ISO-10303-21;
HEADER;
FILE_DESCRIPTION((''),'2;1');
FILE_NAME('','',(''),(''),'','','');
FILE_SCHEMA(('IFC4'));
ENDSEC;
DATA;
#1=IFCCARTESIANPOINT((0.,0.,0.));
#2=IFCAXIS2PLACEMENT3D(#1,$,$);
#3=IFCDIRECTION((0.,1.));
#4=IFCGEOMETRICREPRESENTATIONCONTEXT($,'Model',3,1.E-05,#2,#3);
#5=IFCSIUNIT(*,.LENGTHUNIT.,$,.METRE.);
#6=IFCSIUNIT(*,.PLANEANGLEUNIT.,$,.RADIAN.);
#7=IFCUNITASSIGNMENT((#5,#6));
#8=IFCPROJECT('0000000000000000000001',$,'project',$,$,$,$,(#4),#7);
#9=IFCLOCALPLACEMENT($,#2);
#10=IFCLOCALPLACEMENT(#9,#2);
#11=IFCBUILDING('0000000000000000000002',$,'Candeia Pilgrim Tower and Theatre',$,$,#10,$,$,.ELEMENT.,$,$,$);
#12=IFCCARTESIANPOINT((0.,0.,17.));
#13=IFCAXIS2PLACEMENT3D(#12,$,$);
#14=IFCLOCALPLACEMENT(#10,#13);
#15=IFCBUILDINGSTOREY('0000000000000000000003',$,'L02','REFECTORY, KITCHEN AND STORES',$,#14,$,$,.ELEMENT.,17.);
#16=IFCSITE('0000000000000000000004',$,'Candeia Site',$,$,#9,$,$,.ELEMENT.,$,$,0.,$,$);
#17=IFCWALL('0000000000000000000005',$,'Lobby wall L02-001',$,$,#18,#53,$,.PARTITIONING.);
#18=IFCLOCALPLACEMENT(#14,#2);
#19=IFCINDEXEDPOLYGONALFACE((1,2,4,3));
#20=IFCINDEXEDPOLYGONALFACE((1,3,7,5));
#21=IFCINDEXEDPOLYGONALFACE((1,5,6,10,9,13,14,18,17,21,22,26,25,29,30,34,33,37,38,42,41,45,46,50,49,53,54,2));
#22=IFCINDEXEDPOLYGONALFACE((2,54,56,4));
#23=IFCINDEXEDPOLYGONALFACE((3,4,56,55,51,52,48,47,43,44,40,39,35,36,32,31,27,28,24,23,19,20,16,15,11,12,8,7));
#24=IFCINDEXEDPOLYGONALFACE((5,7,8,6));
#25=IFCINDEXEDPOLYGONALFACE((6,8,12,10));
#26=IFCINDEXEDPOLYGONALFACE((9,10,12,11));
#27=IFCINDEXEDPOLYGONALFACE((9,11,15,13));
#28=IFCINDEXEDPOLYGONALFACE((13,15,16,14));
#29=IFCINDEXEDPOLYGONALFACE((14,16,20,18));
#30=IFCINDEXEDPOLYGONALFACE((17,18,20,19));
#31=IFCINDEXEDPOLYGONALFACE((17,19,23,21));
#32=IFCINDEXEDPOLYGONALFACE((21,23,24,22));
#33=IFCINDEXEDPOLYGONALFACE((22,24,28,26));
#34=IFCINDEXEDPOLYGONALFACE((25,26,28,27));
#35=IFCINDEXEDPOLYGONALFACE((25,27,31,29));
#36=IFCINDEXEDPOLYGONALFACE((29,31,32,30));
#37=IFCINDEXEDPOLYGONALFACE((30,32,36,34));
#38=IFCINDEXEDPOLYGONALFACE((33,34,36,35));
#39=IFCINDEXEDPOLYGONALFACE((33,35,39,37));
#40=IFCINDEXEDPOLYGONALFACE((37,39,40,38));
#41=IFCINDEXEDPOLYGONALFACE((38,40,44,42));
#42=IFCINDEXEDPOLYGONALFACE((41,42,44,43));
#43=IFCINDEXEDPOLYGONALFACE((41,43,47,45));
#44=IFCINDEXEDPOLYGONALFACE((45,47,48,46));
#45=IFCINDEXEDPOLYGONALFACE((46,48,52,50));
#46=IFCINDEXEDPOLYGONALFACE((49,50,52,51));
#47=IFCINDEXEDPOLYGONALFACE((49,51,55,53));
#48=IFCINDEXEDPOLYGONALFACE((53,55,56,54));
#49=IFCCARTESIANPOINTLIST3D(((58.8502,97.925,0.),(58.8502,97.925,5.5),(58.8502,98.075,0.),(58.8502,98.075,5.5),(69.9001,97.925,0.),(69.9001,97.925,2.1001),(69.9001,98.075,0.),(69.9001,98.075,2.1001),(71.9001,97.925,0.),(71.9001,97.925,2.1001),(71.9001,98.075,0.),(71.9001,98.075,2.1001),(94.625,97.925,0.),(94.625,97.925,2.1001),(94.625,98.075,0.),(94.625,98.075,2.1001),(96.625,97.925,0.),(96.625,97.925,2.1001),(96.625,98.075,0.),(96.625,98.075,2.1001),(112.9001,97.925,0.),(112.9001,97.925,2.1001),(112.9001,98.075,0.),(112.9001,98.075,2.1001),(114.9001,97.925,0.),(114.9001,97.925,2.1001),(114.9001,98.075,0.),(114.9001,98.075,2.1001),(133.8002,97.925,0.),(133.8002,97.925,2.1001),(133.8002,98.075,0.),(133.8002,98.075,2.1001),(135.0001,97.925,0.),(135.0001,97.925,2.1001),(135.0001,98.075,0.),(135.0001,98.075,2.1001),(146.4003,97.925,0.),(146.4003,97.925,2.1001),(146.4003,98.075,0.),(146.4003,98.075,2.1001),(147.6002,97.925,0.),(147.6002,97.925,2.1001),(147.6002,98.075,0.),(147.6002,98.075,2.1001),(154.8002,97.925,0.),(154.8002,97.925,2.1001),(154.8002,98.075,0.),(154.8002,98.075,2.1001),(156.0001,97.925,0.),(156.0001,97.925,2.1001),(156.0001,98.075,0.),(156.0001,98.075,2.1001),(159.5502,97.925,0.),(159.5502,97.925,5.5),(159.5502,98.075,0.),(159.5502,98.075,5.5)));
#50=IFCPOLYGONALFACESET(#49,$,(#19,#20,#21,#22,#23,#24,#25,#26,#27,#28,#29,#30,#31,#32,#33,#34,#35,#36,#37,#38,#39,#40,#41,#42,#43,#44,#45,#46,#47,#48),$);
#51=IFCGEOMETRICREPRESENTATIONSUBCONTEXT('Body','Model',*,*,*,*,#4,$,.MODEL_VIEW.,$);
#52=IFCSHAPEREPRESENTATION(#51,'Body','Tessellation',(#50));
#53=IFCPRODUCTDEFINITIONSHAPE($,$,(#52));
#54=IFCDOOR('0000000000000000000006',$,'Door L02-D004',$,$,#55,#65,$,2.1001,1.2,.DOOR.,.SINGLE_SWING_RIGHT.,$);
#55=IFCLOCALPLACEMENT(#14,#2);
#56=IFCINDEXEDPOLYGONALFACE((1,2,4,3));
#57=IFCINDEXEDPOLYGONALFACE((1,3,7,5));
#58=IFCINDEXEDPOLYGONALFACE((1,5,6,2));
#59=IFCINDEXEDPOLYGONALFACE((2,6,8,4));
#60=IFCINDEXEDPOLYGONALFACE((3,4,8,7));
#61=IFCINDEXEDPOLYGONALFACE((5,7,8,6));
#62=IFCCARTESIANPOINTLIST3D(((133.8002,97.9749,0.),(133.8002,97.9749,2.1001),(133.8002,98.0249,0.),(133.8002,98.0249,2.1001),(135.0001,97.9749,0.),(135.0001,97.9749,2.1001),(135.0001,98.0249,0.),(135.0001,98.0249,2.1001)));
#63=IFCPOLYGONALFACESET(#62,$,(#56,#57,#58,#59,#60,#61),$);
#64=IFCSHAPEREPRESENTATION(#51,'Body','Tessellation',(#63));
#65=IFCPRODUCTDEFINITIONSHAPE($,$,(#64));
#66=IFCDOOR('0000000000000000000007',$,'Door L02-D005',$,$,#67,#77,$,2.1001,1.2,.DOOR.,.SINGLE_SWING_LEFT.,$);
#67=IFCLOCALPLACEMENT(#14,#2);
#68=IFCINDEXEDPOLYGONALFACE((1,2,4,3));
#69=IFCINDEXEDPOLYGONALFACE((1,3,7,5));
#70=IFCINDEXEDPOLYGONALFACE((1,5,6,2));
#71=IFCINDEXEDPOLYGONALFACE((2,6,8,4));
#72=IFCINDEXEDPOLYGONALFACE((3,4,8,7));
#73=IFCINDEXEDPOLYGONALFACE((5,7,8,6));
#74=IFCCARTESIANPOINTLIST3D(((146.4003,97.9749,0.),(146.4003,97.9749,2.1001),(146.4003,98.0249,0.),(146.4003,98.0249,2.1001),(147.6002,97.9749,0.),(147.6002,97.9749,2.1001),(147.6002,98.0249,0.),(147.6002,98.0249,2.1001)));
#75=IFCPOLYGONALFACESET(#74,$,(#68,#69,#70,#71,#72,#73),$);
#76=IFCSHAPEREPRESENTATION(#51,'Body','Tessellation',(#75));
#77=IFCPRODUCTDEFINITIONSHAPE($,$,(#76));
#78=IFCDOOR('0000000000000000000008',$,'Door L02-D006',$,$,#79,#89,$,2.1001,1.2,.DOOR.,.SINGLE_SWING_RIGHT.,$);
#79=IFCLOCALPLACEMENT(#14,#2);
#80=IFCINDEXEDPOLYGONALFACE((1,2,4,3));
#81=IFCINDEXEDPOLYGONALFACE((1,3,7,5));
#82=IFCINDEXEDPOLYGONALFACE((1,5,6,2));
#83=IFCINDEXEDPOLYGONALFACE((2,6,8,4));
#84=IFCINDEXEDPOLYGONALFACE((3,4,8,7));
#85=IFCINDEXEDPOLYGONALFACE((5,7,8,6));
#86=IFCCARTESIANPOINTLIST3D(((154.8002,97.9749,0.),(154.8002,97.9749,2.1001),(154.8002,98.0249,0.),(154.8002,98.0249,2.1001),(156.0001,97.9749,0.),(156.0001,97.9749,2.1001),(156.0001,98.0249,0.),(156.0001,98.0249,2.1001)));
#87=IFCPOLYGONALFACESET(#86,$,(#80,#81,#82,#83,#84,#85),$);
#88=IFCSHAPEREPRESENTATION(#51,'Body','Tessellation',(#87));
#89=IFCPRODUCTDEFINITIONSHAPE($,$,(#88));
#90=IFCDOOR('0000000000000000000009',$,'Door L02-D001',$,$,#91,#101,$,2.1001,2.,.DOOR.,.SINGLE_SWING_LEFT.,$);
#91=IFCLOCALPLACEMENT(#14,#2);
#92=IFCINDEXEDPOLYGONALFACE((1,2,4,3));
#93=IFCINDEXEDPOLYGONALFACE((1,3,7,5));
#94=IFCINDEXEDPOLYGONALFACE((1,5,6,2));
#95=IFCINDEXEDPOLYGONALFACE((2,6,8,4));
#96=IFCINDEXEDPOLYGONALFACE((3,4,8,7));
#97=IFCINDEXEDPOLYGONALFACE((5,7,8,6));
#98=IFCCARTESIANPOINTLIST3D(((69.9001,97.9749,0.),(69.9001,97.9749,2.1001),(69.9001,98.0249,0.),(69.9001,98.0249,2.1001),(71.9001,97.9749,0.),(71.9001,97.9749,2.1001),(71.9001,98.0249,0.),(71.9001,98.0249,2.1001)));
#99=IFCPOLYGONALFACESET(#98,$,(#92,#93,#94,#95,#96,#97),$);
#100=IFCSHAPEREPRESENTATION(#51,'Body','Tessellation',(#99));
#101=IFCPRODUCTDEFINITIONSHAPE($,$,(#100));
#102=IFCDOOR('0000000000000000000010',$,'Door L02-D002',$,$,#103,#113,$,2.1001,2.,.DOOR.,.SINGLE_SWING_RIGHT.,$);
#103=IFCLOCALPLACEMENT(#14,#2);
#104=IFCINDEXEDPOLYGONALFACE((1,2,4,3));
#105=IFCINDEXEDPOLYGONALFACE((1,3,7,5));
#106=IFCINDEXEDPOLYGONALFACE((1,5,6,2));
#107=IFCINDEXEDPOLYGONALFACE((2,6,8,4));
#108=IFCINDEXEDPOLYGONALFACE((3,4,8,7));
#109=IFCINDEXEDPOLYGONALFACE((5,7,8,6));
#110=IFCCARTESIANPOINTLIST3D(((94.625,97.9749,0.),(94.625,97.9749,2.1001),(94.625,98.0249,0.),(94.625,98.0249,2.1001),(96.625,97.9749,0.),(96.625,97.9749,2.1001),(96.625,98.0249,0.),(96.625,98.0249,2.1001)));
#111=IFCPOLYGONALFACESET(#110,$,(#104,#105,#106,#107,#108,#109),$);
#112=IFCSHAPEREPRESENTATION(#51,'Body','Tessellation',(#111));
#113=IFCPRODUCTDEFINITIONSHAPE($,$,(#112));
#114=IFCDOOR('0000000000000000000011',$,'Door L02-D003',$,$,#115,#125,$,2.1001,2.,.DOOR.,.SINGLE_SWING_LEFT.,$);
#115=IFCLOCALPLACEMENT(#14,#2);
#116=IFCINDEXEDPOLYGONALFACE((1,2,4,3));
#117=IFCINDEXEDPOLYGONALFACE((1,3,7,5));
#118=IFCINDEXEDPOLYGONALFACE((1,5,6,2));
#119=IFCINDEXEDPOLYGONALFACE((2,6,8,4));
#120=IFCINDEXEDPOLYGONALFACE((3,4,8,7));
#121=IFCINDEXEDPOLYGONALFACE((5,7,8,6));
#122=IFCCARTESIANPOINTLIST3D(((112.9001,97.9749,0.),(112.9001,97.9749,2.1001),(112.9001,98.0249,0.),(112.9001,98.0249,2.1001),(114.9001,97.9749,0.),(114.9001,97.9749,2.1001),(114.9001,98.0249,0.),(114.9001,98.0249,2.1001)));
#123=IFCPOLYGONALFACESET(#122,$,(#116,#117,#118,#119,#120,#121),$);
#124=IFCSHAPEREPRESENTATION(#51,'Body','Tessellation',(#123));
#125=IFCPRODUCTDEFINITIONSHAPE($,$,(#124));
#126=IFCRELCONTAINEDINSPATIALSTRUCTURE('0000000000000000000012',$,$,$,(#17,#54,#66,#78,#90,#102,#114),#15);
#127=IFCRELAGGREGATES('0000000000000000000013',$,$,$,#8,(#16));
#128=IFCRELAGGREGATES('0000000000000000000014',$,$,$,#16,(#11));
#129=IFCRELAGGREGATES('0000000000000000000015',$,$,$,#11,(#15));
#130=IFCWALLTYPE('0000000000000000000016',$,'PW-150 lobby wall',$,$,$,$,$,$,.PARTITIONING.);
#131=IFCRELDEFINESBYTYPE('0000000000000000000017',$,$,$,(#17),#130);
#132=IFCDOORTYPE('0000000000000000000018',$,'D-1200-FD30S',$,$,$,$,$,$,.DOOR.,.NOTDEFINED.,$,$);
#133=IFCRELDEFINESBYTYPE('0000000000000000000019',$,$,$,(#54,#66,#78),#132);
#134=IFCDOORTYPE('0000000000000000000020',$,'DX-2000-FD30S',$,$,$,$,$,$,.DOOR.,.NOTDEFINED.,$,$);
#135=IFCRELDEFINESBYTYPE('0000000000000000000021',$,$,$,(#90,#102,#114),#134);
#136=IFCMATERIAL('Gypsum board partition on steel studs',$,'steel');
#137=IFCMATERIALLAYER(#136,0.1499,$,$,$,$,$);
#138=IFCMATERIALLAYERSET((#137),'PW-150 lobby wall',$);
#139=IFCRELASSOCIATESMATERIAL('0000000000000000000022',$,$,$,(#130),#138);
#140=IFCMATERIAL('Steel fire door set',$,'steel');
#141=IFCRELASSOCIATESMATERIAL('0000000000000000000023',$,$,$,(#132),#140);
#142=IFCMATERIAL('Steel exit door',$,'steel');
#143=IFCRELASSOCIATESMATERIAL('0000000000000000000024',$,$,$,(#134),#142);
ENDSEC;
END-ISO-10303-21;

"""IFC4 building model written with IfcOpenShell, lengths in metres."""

from ifc_helpers import new_model, si_unit, direction, frame, frame_2d, origin, place, context, subcontext, project, spatial, rectangle, extrude, material, layer, layer_set, type_object, element, fill, save


model = new_model("IFC4")

# Units and contexts
model_context = context("Model", 3, precision=1e-05, world=origin(), true_north=direction((0.0, 1.0)))
body_context = subcontext(model_context, "Body", "Model", "MODEL_VIEW")
ifc_project = project(units=[si_unit("LENGTHUNIT", "METRE"), si_unit("PLANEANGLEUNIT", "RADIAN")], contexts=[model_context])

# Site, building, storey
site_placement = place(None, origin())
site = spatial("IfcSite", under=ifc_project, at=site_placement, Name="Candeia Site", CompositionType="ELEMENT", RefElevation=0.0)
building_placement = place(site_placement, origin())
building = spatial("IfcBuilding", under=site, at=building_placement, Name="Candeia Pilgrim Tower and Theatre", CompositionType="ELEMENT")
storey_placement = place(building_placement, frame((0.0, 0.0, 17.0)))
storey = spatial("IfcBuildingStorey", under=building, at=storey_placement, Name="L02", Description="REFECTORY, KITCHEN AND STORES", CompositionType="ELEMENT", Elevation=17.0)

# Wall, openings, doors
ifc_material_1 = material(Name="Gypsum board partition on steel studs", Category="steel")
ifc_layer_1 = layer(ifc_material_1, 0.1499)
ifc_layer_set_1 = layer_set([ifc_layer_1], Name="PW-150 lobby wall")
wall_type_1 = type_object("IfcWallType", Name="PW-150 lobby wall", PredefinedType="PARTITIONING", material=ifc_layer_set_1)
wall_1_placement = place(storey_placement, frame((58.8501, 98.0, 0.0), z_axis=(0.0, 0.0, 1.0), x_axis=(1.0, 0.0, 0.0)))
wall_1 = element("IfcWall", 1, at=wall_1_placement, inside=storey, type_object=wall_type_1, Name="Lobby wall L02-001", PredefinedType="PARTITIONING", context=body_context, shape_type="SweptSolid", body=[
    extrude(rectangle(XDim=100.7, YDim=0.1499, at=frame_2d((50.3501, 0.0))), origin(), (0.0, 0.0, 1.0), 5.5),
])
opening_1_placement = place(wall_1_placement, frame((11.05, 0.0, 0.0)))
opening_1 = element("IfcOpeningElement", 2, at=opening_1_placement, cuts=wall_1, PredefinedType="OPENING", context=body_context, shape_type="SweptSolid", body=[
    extrude(rectangle(XDim=2.0, YDim=2.1001, at=frame_2d((1.0, 1.05))), frame((0.0, 0.085, 0.0), z_axis=(0.0, -1.0, 0.0), x_axis=(1.0, 0.0, 0.0)), (0.0, 0.0, 1.0), 0.1699),
])
opening_2_placement = place(wall_1_placement, frame((35.7749, 0.0, 0.0)))
opening_2 = element("IfcOpeningElement", 3, at=opening_2_placement, cuts=wall_1, PredefinedType="OPENING", context=body_context, shape_type="SweptSolid", body=[
    extrude(rectangle(XDim=2.0, YDim=2.1001, at=frame_2d((1.0, 1.05))), frame((0.0, 0.085, 0.0), z_axis=(0.0, -1.0, 0.0), x_axis=(1.0, 0.0, 0.0)), (0.0, 0.0, 1.0), 0.1699),
])
opening_3_placement = place(wall_1_placement, frame((54.05, 0.0, 0.0)))
opening_3 = element("IfcOpeningElement", 4, at=opening_3_placement, cuts=wall_1, PredefinedType="OPENING", context=body_context, shape_type="SweptSolid", body=[
    extrude(rectangle(XDim=2.0, YDim=2.1001, at=frame_2d((1.0, 1.05))), frame((0.0, 0.085, 0.0), z_axis=(0.0, -1.0, 0.0), x_axis=(1.0, 0.0, 0.0)), (0.0, 0.0, 1.0), 0.1699),
])
opening_4_placement = place(wall_1_placement, frame((74.95, 0.0, 0.0)))
opening_4 = element("IfcOpeningElement", 5, at=opening_4_placement, cuts=wall_1, PredefinedType="OPENING", context=body_context, shape_type="SweptSolid", body=[
    extrude(rectangle(XDim=1.2, YDim=2.1001, at=frame_2d((0.6001, 1.05))), frame((0.0, 0.085, 0.0), z_axis=(0.0, -1.0, 0.0), x_axis=(1.0, 0.0, 0.0)), (0.0, 0.0, 1.0), 0.1699),
])
opening_5_placement = place(wall_1_placement, frame((87.55, 0.0, 0.0)))
opening_5 = element("IfcOpeningElement", 6, at=opening_5_placement, cuts=wall_1, PredefinedType="OPENING", context=body_context, shape_type="SweptSolid", body=[
    extrude(rectangle(XDim=1.2, YDim=2.1001, at=frame_2d((0.6001, 1.05))), frame((0.0, 0.085, 0.0), z_axis=(0.0, -1.0, 0.0), x_axis=(1.0, 0.0, 0.0)), (0.0, 0.0, 1.0), 0.1699),
])
opening_6_placement = place(wall_1_placement, frame((95.95, 0.0, 0.0)))
opening_6 = element("IfcOpeningElement", 7, at=opening_6_placement, cuts=wall_1, PredefinedType="OPENING", context=body_context, shape_type="SweptSolid", body=[
    extrude(rectangle(XDim=1.2, YDim=2.1001, at=frame_2d((0.6001, 1.05))), frame((0.0, 0.085, 0.0), z_axis=(0.0, -1.0, 0.0), x_axis=(1.0, 0.0, 0.0)), (0.0, 0.0, 1.0), 0.1699),
])
ifc_material_2 = material(Name="Steel fire door set", Category="steel")
door_type_1 = type_object("IfcDoorType", Name="D-1200-FD30S", OperationType="NOTDEFINED", PredefinedType="DOOR", material=ifc_material_2)
door_1_placement = place(opening_4_placement, origin())
door_1 = element("IfcDoor", 8, at=door_1_placement, inside=storey, type_object=door_type_1, Name="Door L02-D004", OperationType="SINGLE_SWING_RIGHT", OverallHeight=2.1001, OverallWidth=1.2, PredefinedType="DOOR", context=body_context, shape_type="SweptSolid", body=[
    extrude(rectangle(XDim=1.2, YDim=2.1001, at=frame_2d((0.6001, 1.05))), frame((0.0, 0.0249, 0.0), z_axis=(0.0, -1.0, 0.0), x_axis=(1.0, 0.0, 0.0)), (0.0, 0.0, 1.0), 0.05),
])
fill(opening_4, door_1)
door_2_placement = place(opening_5_placement, origin())
door_2 = element("IfcDoor", 9, at=door_2_placement, inside=storey, type_object=door_type_1, Name="Door L02-D005", OperationType="SINGLE_SWING_LEFT", OverallHeight=2.1001, OverallWidth=1.2, PredefinedType="DOOR", context=body_context, shape_type="SweptSolid", body=[
    extrude(rectangle(XDim=1.2, YDim=2.1001, at=frame_2d((0.6001, 1.05))), frame((0.0, 0.0249, 0.0), z_axis=(0.0, -1.0, 0.0), x_axis=(1.0, 0.0, 0.0)), (0.0, 0.0, 1.0), 0.05),
])
fill(opening_5, door_2)
door_3_placement = place(opening_6_placement, origin())
door_3 = element("IfcDoor", 10, at=door_3_placement, inside=storey, type_object=door_type_1, Name="Door L02-D006", OperationType="SINGLE_SWING_RIGHT", OverallHeight=2.1001, OverallWidth=1.2, PredefinedType="DOOR", context=body_context, shape_type="SweptSolid", body=[
    extrude(rectangle(XDim=1.2, YDim=2.1001, at=frame_2d((0.6001, 1.05))), frame((0.0, 0.0249, 0.0), z_axis=(0.0, -1.0, 0.0), x_axis=(1.0, 0.0, 0.0)), (0.0, 0.0, 1.0), 0.05),
])
fill(opening_6, door_3)
ifc_material_3 = material(Name="Steel exit door", Category="steel")
door_type_2 = type_object("IfcDoorType", Name="DX-2000-FD30S", OperationType="NOTDEFINED", PredefinedType="DOOR", material=ifc_material_3)
door_4_placement = place(opening_1_placement, origin())
door_4 = element("IfcDoor", 11, at=door_4_placement, inside=storey, type_object=door_type_2, Name="Door L02-D001", OperationType="SINGLE_SWING_LEFT", OverallHeight=2.1001, OverallWidth=2.0, PredefinedType="DOOR", context=body_context, shape_type="SweptSolid", body=[
    extrude(rectangle(XDim=2.0, YDim=2.1001, at=frame_2d((1.0, 1.05))), frame((0.0, 0.0249, 0.0), z_axis=(0.0, -1.0, 0.0), x_axis=(1.0, 0.0, 0.0)), (0.0, 0.0, 1.0), 0.05),
])
fill(opening_1, door_4)
door_5_placement = place(opening_2_placement, origin())
door_5 = element("IfcDoor", 12, at=door_5_placement, inside=storey, type_object=door_type_2, Name="Door L02-D002", OperationType="SINGLE_SWING_RIGHT", OverallHeight=2.1001, OverallWidth=2.0, PredefinedType="DOOR", context=body_context, shape_type="SweptSolid", body=[
    extrude(rectangle(XDim=2.0, YDim=2.1001, at=frame_2d((1.0, 1.05))), frame((0.0, 0.0249, 0.0), z_axis=(0.0, -1.0, 0.0), x_axis=(1.0, 0.0, 0.0)), (0.0, 0.0, 1.0), 0.05),
])
fill(opening_2, door_5)
door_6_placement = place(opening_3_placement, origin())
door_6 = element("IfcDoor", 13, at=door_6_placement, inside=storey, type_object=door_type_2, Name="Door L02-D003", OperationType="SINGLE_SWING_LEFT", OverallHeight=2.1001, OverallWidth=2.0, PredefinedType="DOOR", context=body_context, shape_type="SweptSolid", body=[
    extrude(rectangle(XDim=2.0, YDim=2.1001, at=frame_2d((1.0, 1.05))), frame((0.0, 0.0249, 0.0), z_axis=(0.0, -1.0, 0.0), x_axis=(1.0, 0.0, 0.0)), (0.0, 0.0, 1.0), 0.05),
])
fill(opening_3, door_6)

save(model, "model.ifc")
